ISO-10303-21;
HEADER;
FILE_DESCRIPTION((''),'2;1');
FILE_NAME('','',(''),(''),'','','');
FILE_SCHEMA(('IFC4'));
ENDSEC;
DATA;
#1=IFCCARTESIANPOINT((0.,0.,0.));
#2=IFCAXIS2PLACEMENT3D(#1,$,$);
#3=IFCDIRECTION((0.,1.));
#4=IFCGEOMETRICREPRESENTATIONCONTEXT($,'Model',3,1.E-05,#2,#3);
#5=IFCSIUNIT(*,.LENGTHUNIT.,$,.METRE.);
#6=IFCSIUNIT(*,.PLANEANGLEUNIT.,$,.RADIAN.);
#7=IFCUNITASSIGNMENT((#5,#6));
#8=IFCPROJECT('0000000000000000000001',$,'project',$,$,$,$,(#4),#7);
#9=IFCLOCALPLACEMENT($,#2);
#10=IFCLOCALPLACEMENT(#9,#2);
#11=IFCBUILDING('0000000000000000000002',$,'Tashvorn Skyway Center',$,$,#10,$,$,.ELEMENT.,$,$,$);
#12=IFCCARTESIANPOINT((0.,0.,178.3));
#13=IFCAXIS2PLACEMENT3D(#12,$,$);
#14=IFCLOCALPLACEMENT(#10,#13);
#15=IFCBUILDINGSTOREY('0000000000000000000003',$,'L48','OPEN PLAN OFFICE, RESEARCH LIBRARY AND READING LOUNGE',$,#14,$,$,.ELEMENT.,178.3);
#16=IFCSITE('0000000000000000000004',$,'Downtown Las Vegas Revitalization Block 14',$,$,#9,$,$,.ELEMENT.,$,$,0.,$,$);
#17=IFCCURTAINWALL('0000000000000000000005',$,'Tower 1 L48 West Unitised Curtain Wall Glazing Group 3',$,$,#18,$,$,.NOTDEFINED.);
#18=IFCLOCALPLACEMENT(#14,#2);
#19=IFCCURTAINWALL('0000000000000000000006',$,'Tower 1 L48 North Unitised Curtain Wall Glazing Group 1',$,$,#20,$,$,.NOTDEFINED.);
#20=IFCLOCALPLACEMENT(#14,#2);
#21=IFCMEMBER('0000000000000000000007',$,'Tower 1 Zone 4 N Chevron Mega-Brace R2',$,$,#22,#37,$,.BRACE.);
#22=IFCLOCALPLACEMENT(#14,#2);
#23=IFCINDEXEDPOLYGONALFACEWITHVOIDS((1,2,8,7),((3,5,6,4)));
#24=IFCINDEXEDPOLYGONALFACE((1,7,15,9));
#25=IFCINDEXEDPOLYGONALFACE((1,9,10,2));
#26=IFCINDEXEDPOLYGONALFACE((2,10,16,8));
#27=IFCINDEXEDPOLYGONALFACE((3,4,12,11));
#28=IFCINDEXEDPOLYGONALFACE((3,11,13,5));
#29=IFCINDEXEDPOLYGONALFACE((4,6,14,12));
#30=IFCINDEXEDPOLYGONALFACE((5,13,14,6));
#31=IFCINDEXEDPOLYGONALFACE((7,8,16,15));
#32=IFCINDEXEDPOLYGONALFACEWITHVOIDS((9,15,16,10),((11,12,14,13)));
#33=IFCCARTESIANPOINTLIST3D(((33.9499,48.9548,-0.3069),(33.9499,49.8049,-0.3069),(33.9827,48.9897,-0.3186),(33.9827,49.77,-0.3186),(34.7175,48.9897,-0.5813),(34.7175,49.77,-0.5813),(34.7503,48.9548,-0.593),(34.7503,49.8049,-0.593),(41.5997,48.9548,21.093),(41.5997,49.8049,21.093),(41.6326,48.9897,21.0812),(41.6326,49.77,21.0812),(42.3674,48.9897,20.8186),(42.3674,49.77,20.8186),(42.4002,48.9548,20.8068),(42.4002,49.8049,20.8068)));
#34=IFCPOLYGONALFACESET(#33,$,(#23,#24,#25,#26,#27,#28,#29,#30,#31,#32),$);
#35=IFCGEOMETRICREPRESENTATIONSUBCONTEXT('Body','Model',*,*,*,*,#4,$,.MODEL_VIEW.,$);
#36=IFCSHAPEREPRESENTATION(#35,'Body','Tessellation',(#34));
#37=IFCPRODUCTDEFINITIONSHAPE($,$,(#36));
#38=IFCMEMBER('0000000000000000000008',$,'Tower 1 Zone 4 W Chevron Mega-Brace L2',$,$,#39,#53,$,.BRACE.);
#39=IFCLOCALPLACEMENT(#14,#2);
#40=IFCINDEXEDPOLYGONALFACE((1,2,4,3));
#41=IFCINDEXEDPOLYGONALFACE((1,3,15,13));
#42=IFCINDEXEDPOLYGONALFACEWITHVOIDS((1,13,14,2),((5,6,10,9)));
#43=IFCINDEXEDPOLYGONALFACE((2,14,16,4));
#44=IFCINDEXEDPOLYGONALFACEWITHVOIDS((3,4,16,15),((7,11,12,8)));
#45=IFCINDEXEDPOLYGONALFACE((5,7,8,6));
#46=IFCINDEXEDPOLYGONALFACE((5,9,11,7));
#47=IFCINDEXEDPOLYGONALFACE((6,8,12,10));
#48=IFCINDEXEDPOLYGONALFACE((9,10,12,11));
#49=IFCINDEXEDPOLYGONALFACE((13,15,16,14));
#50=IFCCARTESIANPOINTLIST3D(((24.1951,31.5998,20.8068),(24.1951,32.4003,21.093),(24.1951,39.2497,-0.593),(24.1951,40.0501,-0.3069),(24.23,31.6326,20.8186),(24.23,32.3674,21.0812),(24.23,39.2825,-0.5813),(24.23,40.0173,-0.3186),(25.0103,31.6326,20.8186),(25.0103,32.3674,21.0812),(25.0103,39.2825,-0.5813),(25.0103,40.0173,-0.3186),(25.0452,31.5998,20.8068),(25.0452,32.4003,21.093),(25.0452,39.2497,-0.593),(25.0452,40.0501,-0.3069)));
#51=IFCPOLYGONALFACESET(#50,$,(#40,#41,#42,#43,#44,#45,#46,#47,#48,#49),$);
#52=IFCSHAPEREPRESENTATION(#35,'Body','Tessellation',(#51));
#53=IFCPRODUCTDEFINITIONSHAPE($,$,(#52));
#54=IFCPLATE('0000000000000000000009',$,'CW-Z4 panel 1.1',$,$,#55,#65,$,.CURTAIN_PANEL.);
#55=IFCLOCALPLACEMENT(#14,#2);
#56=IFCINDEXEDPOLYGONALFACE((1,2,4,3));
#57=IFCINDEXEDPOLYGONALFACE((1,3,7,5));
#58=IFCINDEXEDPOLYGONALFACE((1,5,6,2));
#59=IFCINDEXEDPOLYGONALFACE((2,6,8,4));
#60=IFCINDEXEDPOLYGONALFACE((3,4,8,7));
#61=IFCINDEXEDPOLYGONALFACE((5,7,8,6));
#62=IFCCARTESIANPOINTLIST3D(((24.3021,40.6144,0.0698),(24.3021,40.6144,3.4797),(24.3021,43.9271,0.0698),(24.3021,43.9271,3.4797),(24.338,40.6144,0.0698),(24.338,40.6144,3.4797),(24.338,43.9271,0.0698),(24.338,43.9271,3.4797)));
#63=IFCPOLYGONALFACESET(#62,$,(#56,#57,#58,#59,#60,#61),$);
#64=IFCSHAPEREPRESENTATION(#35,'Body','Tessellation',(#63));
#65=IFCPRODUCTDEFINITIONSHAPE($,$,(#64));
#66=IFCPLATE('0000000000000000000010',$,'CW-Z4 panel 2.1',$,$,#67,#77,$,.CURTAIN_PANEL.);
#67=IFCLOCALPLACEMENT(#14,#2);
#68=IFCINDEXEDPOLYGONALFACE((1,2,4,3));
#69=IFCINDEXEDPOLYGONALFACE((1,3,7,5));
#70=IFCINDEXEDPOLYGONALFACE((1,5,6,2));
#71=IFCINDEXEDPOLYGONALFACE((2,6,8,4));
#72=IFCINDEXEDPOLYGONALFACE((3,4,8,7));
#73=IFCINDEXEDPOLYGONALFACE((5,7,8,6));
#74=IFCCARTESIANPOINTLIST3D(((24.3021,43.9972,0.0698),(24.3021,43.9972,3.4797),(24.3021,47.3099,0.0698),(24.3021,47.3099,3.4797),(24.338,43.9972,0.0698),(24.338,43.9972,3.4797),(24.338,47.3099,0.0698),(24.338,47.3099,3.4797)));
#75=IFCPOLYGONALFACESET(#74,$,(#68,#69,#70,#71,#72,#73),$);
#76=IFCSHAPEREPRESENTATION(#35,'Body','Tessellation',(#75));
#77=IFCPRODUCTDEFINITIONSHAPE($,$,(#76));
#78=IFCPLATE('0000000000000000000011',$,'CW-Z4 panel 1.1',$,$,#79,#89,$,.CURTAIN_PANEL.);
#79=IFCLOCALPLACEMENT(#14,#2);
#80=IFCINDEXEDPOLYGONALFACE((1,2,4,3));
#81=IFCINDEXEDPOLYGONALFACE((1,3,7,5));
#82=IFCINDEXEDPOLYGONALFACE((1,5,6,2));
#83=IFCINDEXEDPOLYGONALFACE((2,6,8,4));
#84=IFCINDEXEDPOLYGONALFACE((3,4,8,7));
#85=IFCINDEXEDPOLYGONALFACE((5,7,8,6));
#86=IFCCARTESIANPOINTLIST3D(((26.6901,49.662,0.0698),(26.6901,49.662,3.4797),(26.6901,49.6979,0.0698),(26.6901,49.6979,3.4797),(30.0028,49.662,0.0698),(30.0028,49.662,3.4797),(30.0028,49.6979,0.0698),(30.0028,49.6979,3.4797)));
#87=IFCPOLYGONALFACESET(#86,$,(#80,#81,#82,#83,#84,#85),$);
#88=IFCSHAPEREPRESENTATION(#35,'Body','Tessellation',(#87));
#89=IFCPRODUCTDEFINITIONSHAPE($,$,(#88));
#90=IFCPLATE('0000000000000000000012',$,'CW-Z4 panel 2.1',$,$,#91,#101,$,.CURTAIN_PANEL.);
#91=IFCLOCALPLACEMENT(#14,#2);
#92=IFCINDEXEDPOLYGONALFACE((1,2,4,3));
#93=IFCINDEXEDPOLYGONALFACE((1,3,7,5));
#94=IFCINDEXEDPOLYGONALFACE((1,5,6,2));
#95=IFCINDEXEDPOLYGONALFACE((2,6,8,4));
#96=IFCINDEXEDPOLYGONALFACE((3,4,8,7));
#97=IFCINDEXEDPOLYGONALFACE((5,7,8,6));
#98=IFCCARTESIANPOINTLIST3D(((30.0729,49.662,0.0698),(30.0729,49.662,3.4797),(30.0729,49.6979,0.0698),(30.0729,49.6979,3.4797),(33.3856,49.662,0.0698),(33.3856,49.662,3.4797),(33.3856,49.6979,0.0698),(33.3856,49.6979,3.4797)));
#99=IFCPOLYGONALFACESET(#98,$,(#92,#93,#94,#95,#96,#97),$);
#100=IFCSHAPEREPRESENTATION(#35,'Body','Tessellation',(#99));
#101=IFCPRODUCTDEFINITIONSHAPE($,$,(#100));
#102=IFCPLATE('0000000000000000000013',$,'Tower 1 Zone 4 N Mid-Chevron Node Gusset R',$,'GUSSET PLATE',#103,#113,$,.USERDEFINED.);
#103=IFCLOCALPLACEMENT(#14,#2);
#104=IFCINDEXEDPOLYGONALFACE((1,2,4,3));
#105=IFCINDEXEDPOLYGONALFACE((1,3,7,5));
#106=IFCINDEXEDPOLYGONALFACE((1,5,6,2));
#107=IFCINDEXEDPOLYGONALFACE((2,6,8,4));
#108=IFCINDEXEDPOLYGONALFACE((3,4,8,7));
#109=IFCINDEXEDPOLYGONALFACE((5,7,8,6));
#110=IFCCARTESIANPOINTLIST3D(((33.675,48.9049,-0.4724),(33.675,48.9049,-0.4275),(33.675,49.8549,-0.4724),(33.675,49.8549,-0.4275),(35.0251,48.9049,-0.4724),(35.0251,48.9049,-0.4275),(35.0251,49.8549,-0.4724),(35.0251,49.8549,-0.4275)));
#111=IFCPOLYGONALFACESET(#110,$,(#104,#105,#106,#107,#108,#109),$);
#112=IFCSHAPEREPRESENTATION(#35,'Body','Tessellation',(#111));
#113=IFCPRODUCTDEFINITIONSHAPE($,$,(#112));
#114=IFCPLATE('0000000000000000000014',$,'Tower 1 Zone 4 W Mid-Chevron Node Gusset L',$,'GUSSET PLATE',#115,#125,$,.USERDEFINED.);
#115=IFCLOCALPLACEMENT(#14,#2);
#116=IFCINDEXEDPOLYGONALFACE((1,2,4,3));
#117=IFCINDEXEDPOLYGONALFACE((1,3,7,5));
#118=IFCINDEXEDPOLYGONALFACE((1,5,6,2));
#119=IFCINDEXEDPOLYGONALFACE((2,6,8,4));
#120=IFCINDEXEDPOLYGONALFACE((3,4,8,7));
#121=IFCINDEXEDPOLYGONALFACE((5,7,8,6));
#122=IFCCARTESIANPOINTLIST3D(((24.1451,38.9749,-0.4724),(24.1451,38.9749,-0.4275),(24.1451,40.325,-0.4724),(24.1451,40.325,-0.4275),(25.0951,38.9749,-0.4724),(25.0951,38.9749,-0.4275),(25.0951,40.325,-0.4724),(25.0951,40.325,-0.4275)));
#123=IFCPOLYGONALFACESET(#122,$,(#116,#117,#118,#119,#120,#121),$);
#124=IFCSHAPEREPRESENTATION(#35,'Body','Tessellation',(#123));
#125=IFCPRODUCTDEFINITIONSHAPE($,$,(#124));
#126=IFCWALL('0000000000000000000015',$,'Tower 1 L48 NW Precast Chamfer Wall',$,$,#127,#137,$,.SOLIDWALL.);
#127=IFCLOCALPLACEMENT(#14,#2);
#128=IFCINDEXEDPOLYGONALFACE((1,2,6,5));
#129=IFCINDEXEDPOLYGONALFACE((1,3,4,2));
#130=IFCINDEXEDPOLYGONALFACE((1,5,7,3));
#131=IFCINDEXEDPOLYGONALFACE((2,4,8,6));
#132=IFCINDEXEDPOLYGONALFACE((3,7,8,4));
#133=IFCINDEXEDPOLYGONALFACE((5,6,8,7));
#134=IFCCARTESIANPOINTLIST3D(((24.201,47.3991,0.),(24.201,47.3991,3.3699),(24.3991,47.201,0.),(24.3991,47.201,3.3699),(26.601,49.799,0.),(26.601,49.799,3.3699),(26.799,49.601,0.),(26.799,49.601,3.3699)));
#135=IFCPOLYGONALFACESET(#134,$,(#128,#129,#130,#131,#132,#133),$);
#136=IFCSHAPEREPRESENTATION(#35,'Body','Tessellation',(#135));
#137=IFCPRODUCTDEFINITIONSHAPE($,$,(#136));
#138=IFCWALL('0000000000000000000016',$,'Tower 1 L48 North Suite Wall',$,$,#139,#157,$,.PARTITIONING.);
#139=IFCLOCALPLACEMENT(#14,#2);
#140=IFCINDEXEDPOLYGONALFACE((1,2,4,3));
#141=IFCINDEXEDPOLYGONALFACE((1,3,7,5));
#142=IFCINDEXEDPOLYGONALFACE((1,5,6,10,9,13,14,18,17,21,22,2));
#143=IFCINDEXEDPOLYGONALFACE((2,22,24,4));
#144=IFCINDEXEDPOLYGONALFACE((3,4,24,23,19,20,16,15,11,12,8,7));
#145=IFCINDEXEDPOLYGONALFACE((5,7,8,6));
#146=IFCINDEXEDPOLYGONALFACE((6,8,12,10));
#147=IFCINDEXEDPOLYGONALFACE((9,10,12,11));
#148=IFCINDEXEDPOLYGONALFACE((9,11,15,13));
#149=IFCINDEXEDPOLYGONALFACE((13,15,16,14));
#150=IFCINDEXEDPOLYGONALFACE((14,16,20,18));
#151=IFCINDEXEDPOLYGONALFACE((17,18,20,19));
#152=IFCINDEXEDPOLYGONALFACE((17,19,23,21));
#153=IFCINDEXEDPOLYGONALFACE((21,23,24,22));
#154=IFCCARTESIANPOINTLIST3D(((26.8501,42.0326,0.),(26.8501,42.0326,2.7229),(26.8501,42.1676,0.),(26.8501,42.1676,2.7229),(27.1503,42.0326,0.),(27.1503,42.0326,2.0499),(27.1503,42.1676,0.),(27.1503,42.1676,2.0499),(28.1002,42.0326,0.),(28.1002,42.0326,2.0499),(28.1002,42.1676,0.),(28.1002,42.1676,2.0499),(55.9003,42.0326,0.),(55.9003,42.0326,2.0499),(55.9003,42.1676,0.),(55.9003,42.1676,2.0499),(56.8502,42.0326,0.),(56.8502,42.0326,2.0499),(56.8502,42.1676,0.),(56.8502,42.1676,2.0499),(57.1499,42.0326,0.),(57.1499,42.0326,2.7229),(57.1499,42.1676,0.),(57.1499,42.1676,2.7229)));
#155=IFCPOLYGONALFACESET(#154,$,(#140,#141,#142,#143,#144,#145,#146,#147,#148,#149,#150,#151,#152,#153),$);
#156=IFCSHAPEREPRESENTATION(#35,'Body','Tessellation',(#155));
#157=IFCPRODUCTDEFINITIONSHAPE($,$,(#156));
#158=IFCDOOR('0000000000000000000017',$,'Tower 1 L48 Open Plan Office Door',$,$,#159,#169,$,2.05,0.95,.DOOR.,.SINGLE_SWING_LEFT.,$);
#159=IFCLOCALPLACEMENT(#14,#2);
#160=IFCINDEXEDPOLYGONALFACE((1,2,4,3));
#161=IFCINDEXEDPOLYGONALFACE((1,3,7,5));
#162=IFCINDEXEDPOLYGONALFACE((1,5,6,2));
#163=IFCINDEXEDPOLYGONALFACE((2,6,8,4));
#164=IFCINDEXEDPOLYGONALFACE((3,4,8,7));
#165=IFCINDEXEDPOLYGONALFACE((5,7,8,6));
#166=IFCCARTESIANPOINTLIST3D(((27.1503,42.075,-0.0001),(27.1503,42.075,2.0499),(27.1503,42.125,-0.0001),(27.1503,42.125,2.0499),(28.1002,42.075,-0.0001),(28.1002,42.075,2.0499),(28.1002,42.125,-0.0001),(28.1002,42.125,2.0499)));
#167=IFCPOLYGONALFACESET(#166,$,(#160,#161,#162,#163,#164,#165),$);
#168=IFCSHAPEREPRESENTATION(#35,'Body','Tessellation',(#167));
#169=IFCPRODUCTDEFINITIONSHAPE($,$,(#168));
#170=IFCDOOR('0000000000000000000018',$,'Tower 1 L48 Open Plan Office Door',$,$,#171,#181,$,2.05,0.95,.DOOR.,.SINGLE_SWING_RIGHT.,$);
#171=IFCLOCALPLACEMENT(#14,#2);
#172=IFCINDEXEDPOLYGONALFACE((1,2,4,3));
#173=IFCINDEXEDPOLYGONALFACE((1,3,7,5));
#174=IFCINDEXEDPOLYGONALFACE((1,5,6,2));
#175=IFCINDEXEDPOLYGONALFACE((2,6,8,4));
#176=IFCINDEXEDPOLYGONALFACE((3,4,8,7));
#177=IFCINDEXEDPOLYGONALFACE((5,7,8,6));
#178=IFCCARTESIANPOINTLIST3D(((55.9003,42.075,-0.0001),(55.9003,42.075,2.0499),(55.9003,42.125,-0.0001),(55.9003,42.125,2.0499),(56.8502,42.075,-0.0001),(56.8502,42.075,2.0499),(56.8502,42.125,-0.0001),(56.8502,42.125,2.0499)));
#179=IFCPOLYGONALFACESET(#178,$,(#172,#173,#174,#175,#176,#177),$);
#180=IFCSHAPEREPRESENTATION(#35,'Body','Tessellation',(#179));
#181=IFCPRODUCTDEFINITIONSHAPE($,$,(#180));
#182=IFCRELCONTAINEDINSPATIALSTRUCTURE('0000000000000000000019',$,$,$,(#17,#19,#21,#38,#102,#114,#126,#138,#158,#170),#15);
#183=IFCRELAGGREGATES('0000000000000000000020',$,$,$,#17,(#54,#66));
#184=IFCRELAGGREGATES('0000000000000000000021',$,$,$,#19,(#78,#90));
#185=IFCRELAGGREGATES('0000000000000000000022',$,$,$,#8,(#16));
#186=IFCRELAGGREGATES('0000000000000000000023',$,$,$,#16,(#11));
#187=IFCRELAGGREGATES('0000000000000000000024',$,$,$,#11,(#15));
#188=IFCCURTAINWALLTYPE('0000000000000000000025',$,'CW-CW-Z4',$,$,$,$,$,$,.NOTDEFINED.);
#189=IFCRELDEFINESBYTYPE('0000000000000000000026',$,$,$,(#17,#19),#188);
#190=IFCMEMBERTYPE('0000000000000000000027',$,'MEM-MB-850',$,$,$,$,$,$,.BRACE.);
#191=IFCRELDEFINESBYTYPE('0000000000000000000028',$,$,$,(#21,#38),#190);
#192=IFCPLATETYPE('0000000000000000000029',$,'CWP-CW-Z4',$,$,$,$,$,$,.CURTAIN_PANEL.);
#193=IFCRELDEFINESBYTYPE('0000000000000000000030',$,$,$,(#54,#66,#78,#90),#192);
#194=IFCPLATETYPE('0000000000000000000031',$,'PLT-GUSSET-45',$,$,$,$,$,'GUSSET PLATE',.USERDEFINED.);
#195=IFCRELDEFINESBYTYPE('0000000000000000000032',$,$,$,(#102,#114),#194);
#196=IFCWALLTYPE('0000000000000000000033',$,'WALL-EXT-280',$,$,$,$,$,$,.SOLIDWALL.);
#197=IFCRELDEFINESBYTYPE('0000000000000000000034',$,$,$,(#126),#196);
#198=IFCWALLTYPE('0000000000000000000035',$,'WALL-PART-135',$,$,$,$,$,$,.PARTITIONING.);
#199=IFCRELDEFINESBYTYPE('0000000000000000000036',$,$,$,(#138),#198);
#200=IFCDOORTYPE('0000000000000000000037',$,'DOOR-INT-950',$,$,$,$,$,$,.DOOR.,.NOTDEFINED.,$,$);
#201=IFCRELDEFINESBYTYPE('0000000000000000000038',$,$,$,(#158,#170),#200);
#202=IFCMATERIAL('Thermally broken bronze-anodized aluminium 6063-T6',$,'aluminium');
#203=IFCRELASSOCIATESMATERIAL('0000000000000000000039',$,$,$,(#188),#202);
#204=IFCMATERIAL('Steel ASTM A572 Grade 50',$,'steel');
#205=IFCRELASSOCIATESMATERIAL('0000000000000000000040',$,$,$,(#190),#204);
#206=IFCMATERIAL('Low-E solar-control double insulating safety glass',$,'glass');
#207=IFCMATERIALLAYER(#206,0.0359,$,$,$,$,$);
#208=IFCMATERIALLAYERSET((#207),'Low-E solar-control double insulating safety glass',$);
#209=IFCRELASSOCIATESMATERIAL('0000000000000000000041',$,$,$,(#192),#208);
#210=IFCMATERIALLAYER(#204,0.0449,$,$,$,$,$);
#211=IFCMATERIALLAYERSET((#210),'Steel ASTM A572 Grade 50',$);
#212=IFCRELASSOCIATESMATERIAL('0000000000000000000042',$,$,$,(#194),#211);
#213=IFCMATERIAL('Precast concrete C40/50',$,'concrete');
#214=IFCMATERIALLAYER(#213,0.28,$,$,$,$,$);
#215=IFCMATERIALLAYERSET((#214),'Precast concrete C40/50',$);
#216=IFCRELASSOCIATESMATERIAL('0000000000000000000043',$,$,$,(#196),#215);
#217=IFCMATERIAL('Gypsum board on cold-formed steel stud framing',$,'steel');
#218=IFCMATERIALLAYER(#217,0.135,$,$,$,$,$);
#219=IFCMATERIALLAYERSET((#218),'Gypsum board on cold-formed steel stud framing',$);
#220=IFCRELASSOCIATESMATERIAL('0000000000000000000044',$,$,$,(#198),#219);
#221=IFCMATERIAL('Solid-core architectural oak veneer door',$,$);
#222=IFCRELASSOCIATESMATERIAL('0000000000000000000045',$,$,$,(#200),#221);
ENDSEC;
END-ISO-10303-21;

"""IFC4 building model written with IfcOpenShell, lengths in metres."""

from ifc_helpers import new_model, si_unit, direction, frame, frame_2d, origin, origin_2d, place, context, subcontext, project, spatial, rectangle, hollow_rectangle, extrude, material, layer, layer_set, material_profile, profile_set, type_object, element, fill, aggregate, save


model = new_model("IFC4")

# Units and contexts
model_context = context("Model", 3, precision=1e-05, world=origin(), true_north=direction((0.0, 1.0)))
body_context = subcontext(model_context, "Body", "Model", "MODEL_VIEW")
ifc_project = project(units=[si_unit("LENGTHUNIT", "METRE"), si_unit("PLANEANGLEUNIT", "RADIAN")], contexts=[model_context])

# Site, building, storey
site_placement = place(None, origin())
site = spatial("IfcSite", under=ifc_project, at=site_placement, Name="Downtown Las Vegas Revitalization Block 14", CompositionType="ELEMENT", RefElevation=0.0)
building_placement = place(site_placement, origin())
building = spatial("IfcBuilding", under=site, at=building_placement, Name="Tashvorn Skyway Center", CompositionType="ELEMENT")
storey_placement = place(building_placement, frame((0.0, 0.0, 178.3)))
storey = spatial("IfcBuildingStorey", under=building, at=storey_placement, Name="L48", Description="OPEN PLAN OFFICE, RESEARCH LIBRARY AND READING LOUNGE", CompositionType="ELEMENT", Elevation=178.3)

# Shared definitions
ifc_material_1 = material(Name="Steel ASTM A572 Grade 50", Category="steel")

# Curtain walls
ifc_material_2 = material(Name="Thermally broken bronze-anodized aluminium 6063-T6", Category="aluminium")
curtain_wall_type = type_object("IfcCurtainWallType", Name="CW-CW-Z4", PredefinedType="NOTDEFINED", material=ifc_material_2)
curtain_wall_1_placement = place(storey_placement, origin())
curtain_wall_1 = element("IfcCurtainWall", 1, at=curtain_wall_1_placement, inside=storey, type_object=curtain_wall_type, Name="Tower 1 L48 West Unitised Curtain Wall Glazing Group 3", PredefinedType="NOTDEFINED")
curtain_wall_2_placement = place(storey_placement, origin())
curtain_wall_2 = element("IfcCurtainWall", 2, at=curtain_wall_2_placement, inside=storey, type_object=curtain_wall_type, Name="Tower 1 L48 North Unitised Curtain Wall Glazing Group 1", PredefinedType="NOTDEFINED")

# Members
ifc_material_profile_1 = material_profile(ifc_material_1, hollow_rectangle(XDim=0.8501, YDim=0.8501, WallThickness=0.0349, at=origin_2d()), Name="BOX850x850x35")
ifc_profile_set_1 = profile_set([ifc_material_profile_1], Name="Steel ASTM A572 Grade 50")
member_type_1 = type_object("IfcMemberType", Name="MEM-MB-850", PredefinedType="BRACE", material=ifc_profile_set_1)
for number, where, z_axis, x_axis, name in (
    (3, (34.3501, 49.3799, -0.45), (0.336613, 0.0, 0.941643), (0.0, 1.0, 0.0), "Tower 1 Zone 4 N Chevron Mega-Brace R2"),
    (4, (24.6201, 39.6499, -0.45), (0.0, -0.336613, 0.941643), (1.0, 0.0, 0.0), "Tower 1 Zone 4 W Chevron Mega-Brace L2"),
):
    element("IfcMember", number, at=place(storey_placement, frame(where, z_axis=z_axis, x_axis=x_axis)), inside=storey, type_object=member_type_1, Name=name, PredefinedType="BRACE", context=body_context, shape_type="SweptSolid", body=[
        extrude(hollow_rectangle(XDim=0.8501, YDim=0.8501, WallThickness=0.0349, at=origin_2d()), origin(), (0.0, 0.0, 1.0), 22.7261),
    ])

# Plates
ifc_material_3 = material(Name="Low-E solar-control double insulating safety glass", Category="glass")
ifc_layer_1 = layer(ifc_material_3, 0.0359)
ifc_layer_set_1 = layer_set([ifc_layer_1], Name="Low-E solar-control double insulating safety glass")
plate_type_1 = type_object("IfcPlateType", Name="CWP-CW-Z4", PredefinedType="CURTAIN_PANEL", material=ifc_layer_set_1)
plate_1_placement = place(storey_placement, frame((24.3201, 42.2708, 0.0698), z_axis=(0.0, 0.0, 1.0), x_axis=(0.0, 1.0, 0.0)))
plate_1 = element("IfcPlate", 5, at=plate_1_placement, type_object=plate_type_1, Name="CW-Z4 panel 1.1", PredefinedType="CURTAIN_PANEL", context=body_context, shape_type="SweptSolid", body=[
    extrude(rectangle(XDim=3.3127, YDim=0.0359, at=origin_2d()), origin(), (0.0, 0.0, 1.0), 3.4099),
])
plate_2_placement = place(storey_placement, frame((24.3201, 45.6536, 0.0698), z_axis=(0.0, 0.0, 1.0), x_axis=(0.0, 1.0, 0.0)))
plate_2 = element("IfcPlate", 6, at=plate_2_placement, type_object=plate_type_1, Name="CW-Z4 panel 2.1", PredefinedType="CURTAIN_PANEL", context=body_context, shape_type="SweptSolid", body=[
    extrude(rectangle(XDim=3.3127, YDim=0.0359, at=origin_2d()), origin(), (0.0, 0.0, 1.0), 3.4099),
])
aggregate(curtain_wall_1, [plate_1, plate_2])
plate_3_placement = place(storey_placement, frame((28.3464, 49.6799, 0.0698), z_axis=(0.0, 0.0, 1.0), x_axis=(1.0, 0.0, 0.0)))
plate_3 = element("IfcPlate", 7, at=plate_3_placement, type_object=plate_type_1, Name="CW-Z4 panel 1.1", PredefinedType="CURTAIN_PANEL", context=body_context, shape_type="SweptSolid", body=[
    extrude(rectangle(XDim=3.3127, YDim=0.0359, at=origin_2d()), origin(), (0.0, 0.0, 1.0), 3.4099),
])
plate_4_placement = place(storey_placement, frame((31.7292, 49.6799, 0.0698), z_axis=(0.0, 0.0, 1.0), x_axis=(1.0, 0.0, 0.0)))
plate_4 = element("IfcPlate", 8, at=plate_4_placement, type_object=plate_type_1, Name="CW-Z4 panel 2.1", PredefinedType="CURTAIN_PANEL", context=body_context, shape_type="SweptSolid", body=[
    extrude(rectangle(XDim=3.3127, YDim=0.0359, at=origin_2d()), origin(), (0.0, 0.0, 1.0), 3.4099),
])
aggregate(curtain_wall_2, [plate_3, plate_4])

# Plates
ifc_layer_2 = layer(ifc_material_1, 0.0449)
ifc_layer_set_2 = layer_set([ifc_layer_2], Name="Steel ASTM A572 Grade 50")
plate_type_2 = type_object("IfcPlateType", Name="PLT-GUSSET-45", ElementType="GUSSET PLATE", PredefinedType="USERDEFINED", material=ifc_layer_set_2)
for number, where, z_axis, x_axis, name in (
    (9, (34.3501, 49.3799, -0.4724), (0.0, 0.0, 1.0), (-1.0, 0.0, 0.0), "Tower 1 Zone 4 N Mid-Chevron Node Gusset R"),
    (10, (24.6201, 39.6499, -0.4724), (0.0, 0.0, 1.0), (0.0, -1.0, 0.0), "Tower 1 Zone 4 W Mid-Chevron Node Gusset L"),
):
    element("IfcPlate", number, at=place(storey_placement, frame(where, z_axis=z_axis, x_axis=x_axis)), inside=storey, type_object=plate_type_2, Name=name, ObjectType="GUSSET PLATE", PredefinedType="USERDEFINED", context=body_context, shape_type="SweptSolid", body=[
        extrude(rectangle(XDim=1.3501, YDim=0.95, at=origin_2d()), origin(), (0.0, 0.0, 1.0), 0.0449),
    ])

# Wall
ifc_material_4 = material(Name="Precast concrete C40/50", Category="concrete")
ifc_layer_3 = layer(ifc_material_4, 0.28)
ifc_layer_set_3 = layer_set([ifc_layer_3], Name="Precast concrete C40/50")
wall_type_1 = type_object("IfcWallType", Name="WALL-EXT-280", PredefinedType="SOLIDWALL", material=ifc_layer_set_3)
wall_1_placement = place(storey_placement, frame((24.3, 47.3, 0.0), z_axis=(0.0, 0.0, 1.0), x_axis=(0.707107, 0.707107, 0.0)))
element("IfcWall", 11, at=wall_1_placement, inside=storey, type_object=wall_type_1, Name="Tower 1 L48 NW Precast Chamfer Wall", PredefinedType="SOLIDWALL", context=body_context, shape_type="SweptSolid", body=[
    extrude(rectangle(XDim=3.394, YDim=0.28, at=frame_2d((1.697, 0.0))), origin(), (0.0, 0.0, 1.0), 3.3699),
])

# Wall, openings, doors
ifc_material_5 = material(Name="Gypsum board on cold-formed steel stud framing", Category="steel")
ifc_layer_4 = layer(ifc_material_5, 0.135)
ifc_layer_set_4 = layer_set([ifc_layer_4], Name="Gypsum board on cold-formed steel stud framing")
wall_type_2 = type_object("IfcWallType", Name="WALL-PART-135", PredefinedType="PARTITIONING", material=ifc_layer_set_4)
wall_2_placement = place(storey_placement, frame((26.8501, 42.1001, 0.0), z_axis=(0.0, 0.0, 1.0), x_axis=(1.0, 0.0, 0.0)))
wall_2 = element("IfcWall", 12, at=wall_2_placement, inside=storey, type_object=wall_type_2, Name="Tower 1 L48 North Suite Wall", PredefinedType="PARTITIONING", context=body_context, shape_type="SweptSolid", body=[
    extrude(rectangle(XDim=30.2998, YDim=0.135, at=frame_2d((15.1499, 0.0))), origin(), (0.0, 0.0, 1.0), 2.7229),
])
opening_1_placement = place(wall_2_placement, frame((0.3, 0.0, 0.0)))
opening_1 = element("IfcOpeningElement", 13, at=opening_1_placement, cuts=wall_2, PredefinedType="OPENING", context=body_context, shape_type="SweptSolid", body=[
    extrude(rectangle(XDim=0.95, YDim=2.05, at=frame_2d((0.4751, 1.0249))), frame((0.0, 0.0774, 0.0), z_axis=(0.0, -1.0, 0.0), x_axis=(1.0, 0.0, 0.0)), (0.0, 0.0, 1.0), 0.155),
])
opening_2_placement = place(wall_2_placement, frame((29.05, 0.0, 0.0)))
opening_2 = element("IfcOpeningElement", 14, at=opening_2_placement, cuts=wall_2, PredefinedType="OPENING", context=body_context, shape_type="SweptSolid", body=[
    extrude(rectangle(XDim=0.95, YDim=2.05, at=frame_2d((0.4751, 1.0249))), frame((0.0, 0.0774, 0.0), z_axis=(0.0, -1.0, 0.0), x_axis=(1.0, 0.0, 0.0)), (0.0, 0.0, 1.0), 0.155),
])
ifc_material_6 = material(Name="Solid-core architectural oak veneer door")
door_type = type_object("IfcDoorType", Name="DOOR-INT-950", OperationType="NOTDEFINED", PredefinedType="DOOR", material=ifc_material_6)
door_1_placement = place(opening_1_placement, origin())
door_1 = element("IfcDoor", 15, at=door_1_placement, inside=storey, type_object=door_type, Name="Tower 1 L48 Open Plan Office Door", OperationType="SINGLE_SWING_LEFT", OverallHeight=2.05, OverallWidth=0.95, PredefinedType="DOOR", context=body_context, shape_type="SweptSolid", body=[
    extrude(rectangle(XDim=0.95, YDim=2.05, at=frame_2d((0.4751, 1.0249))), frame((0.0, 0.0249, 0.0), z_axis=(0.0, -1.0, 0.0), x_axis=(1.0, 0.0, 0.0)), (0.0, 0.0, 1.0), 0.05),
])
fill(opening_1, door_1)
door_2_placement = place(opening_2_placement, origin())
door_2 = element("IfcDoor", 16, at=door_2_placement, inside=storey, type_object=door_type, Name="Tower 1 L48 Open Plan Office Door", OperationType="SINGLE_SWING_RIGHT", OverallHeight=2.05, OverallWidth=0.95, PredefinedType="DOOR", context=body_context, shape_type="SweptSolid", body=[
    extrude(rectangle(XDim=0.95, YDim=2.05, at=frame_2d((0.4751, 1.0249))), frame((0.0, 0.0249, 0.0), z_axis=(0.0, -1.0, 0.0), x_axis=(1.0, 0.0, 0.0)), (0.0, 0.0, 1.0), 0.05),
])
fill(opening_2, door_2)

save(model, "model.ifc")
